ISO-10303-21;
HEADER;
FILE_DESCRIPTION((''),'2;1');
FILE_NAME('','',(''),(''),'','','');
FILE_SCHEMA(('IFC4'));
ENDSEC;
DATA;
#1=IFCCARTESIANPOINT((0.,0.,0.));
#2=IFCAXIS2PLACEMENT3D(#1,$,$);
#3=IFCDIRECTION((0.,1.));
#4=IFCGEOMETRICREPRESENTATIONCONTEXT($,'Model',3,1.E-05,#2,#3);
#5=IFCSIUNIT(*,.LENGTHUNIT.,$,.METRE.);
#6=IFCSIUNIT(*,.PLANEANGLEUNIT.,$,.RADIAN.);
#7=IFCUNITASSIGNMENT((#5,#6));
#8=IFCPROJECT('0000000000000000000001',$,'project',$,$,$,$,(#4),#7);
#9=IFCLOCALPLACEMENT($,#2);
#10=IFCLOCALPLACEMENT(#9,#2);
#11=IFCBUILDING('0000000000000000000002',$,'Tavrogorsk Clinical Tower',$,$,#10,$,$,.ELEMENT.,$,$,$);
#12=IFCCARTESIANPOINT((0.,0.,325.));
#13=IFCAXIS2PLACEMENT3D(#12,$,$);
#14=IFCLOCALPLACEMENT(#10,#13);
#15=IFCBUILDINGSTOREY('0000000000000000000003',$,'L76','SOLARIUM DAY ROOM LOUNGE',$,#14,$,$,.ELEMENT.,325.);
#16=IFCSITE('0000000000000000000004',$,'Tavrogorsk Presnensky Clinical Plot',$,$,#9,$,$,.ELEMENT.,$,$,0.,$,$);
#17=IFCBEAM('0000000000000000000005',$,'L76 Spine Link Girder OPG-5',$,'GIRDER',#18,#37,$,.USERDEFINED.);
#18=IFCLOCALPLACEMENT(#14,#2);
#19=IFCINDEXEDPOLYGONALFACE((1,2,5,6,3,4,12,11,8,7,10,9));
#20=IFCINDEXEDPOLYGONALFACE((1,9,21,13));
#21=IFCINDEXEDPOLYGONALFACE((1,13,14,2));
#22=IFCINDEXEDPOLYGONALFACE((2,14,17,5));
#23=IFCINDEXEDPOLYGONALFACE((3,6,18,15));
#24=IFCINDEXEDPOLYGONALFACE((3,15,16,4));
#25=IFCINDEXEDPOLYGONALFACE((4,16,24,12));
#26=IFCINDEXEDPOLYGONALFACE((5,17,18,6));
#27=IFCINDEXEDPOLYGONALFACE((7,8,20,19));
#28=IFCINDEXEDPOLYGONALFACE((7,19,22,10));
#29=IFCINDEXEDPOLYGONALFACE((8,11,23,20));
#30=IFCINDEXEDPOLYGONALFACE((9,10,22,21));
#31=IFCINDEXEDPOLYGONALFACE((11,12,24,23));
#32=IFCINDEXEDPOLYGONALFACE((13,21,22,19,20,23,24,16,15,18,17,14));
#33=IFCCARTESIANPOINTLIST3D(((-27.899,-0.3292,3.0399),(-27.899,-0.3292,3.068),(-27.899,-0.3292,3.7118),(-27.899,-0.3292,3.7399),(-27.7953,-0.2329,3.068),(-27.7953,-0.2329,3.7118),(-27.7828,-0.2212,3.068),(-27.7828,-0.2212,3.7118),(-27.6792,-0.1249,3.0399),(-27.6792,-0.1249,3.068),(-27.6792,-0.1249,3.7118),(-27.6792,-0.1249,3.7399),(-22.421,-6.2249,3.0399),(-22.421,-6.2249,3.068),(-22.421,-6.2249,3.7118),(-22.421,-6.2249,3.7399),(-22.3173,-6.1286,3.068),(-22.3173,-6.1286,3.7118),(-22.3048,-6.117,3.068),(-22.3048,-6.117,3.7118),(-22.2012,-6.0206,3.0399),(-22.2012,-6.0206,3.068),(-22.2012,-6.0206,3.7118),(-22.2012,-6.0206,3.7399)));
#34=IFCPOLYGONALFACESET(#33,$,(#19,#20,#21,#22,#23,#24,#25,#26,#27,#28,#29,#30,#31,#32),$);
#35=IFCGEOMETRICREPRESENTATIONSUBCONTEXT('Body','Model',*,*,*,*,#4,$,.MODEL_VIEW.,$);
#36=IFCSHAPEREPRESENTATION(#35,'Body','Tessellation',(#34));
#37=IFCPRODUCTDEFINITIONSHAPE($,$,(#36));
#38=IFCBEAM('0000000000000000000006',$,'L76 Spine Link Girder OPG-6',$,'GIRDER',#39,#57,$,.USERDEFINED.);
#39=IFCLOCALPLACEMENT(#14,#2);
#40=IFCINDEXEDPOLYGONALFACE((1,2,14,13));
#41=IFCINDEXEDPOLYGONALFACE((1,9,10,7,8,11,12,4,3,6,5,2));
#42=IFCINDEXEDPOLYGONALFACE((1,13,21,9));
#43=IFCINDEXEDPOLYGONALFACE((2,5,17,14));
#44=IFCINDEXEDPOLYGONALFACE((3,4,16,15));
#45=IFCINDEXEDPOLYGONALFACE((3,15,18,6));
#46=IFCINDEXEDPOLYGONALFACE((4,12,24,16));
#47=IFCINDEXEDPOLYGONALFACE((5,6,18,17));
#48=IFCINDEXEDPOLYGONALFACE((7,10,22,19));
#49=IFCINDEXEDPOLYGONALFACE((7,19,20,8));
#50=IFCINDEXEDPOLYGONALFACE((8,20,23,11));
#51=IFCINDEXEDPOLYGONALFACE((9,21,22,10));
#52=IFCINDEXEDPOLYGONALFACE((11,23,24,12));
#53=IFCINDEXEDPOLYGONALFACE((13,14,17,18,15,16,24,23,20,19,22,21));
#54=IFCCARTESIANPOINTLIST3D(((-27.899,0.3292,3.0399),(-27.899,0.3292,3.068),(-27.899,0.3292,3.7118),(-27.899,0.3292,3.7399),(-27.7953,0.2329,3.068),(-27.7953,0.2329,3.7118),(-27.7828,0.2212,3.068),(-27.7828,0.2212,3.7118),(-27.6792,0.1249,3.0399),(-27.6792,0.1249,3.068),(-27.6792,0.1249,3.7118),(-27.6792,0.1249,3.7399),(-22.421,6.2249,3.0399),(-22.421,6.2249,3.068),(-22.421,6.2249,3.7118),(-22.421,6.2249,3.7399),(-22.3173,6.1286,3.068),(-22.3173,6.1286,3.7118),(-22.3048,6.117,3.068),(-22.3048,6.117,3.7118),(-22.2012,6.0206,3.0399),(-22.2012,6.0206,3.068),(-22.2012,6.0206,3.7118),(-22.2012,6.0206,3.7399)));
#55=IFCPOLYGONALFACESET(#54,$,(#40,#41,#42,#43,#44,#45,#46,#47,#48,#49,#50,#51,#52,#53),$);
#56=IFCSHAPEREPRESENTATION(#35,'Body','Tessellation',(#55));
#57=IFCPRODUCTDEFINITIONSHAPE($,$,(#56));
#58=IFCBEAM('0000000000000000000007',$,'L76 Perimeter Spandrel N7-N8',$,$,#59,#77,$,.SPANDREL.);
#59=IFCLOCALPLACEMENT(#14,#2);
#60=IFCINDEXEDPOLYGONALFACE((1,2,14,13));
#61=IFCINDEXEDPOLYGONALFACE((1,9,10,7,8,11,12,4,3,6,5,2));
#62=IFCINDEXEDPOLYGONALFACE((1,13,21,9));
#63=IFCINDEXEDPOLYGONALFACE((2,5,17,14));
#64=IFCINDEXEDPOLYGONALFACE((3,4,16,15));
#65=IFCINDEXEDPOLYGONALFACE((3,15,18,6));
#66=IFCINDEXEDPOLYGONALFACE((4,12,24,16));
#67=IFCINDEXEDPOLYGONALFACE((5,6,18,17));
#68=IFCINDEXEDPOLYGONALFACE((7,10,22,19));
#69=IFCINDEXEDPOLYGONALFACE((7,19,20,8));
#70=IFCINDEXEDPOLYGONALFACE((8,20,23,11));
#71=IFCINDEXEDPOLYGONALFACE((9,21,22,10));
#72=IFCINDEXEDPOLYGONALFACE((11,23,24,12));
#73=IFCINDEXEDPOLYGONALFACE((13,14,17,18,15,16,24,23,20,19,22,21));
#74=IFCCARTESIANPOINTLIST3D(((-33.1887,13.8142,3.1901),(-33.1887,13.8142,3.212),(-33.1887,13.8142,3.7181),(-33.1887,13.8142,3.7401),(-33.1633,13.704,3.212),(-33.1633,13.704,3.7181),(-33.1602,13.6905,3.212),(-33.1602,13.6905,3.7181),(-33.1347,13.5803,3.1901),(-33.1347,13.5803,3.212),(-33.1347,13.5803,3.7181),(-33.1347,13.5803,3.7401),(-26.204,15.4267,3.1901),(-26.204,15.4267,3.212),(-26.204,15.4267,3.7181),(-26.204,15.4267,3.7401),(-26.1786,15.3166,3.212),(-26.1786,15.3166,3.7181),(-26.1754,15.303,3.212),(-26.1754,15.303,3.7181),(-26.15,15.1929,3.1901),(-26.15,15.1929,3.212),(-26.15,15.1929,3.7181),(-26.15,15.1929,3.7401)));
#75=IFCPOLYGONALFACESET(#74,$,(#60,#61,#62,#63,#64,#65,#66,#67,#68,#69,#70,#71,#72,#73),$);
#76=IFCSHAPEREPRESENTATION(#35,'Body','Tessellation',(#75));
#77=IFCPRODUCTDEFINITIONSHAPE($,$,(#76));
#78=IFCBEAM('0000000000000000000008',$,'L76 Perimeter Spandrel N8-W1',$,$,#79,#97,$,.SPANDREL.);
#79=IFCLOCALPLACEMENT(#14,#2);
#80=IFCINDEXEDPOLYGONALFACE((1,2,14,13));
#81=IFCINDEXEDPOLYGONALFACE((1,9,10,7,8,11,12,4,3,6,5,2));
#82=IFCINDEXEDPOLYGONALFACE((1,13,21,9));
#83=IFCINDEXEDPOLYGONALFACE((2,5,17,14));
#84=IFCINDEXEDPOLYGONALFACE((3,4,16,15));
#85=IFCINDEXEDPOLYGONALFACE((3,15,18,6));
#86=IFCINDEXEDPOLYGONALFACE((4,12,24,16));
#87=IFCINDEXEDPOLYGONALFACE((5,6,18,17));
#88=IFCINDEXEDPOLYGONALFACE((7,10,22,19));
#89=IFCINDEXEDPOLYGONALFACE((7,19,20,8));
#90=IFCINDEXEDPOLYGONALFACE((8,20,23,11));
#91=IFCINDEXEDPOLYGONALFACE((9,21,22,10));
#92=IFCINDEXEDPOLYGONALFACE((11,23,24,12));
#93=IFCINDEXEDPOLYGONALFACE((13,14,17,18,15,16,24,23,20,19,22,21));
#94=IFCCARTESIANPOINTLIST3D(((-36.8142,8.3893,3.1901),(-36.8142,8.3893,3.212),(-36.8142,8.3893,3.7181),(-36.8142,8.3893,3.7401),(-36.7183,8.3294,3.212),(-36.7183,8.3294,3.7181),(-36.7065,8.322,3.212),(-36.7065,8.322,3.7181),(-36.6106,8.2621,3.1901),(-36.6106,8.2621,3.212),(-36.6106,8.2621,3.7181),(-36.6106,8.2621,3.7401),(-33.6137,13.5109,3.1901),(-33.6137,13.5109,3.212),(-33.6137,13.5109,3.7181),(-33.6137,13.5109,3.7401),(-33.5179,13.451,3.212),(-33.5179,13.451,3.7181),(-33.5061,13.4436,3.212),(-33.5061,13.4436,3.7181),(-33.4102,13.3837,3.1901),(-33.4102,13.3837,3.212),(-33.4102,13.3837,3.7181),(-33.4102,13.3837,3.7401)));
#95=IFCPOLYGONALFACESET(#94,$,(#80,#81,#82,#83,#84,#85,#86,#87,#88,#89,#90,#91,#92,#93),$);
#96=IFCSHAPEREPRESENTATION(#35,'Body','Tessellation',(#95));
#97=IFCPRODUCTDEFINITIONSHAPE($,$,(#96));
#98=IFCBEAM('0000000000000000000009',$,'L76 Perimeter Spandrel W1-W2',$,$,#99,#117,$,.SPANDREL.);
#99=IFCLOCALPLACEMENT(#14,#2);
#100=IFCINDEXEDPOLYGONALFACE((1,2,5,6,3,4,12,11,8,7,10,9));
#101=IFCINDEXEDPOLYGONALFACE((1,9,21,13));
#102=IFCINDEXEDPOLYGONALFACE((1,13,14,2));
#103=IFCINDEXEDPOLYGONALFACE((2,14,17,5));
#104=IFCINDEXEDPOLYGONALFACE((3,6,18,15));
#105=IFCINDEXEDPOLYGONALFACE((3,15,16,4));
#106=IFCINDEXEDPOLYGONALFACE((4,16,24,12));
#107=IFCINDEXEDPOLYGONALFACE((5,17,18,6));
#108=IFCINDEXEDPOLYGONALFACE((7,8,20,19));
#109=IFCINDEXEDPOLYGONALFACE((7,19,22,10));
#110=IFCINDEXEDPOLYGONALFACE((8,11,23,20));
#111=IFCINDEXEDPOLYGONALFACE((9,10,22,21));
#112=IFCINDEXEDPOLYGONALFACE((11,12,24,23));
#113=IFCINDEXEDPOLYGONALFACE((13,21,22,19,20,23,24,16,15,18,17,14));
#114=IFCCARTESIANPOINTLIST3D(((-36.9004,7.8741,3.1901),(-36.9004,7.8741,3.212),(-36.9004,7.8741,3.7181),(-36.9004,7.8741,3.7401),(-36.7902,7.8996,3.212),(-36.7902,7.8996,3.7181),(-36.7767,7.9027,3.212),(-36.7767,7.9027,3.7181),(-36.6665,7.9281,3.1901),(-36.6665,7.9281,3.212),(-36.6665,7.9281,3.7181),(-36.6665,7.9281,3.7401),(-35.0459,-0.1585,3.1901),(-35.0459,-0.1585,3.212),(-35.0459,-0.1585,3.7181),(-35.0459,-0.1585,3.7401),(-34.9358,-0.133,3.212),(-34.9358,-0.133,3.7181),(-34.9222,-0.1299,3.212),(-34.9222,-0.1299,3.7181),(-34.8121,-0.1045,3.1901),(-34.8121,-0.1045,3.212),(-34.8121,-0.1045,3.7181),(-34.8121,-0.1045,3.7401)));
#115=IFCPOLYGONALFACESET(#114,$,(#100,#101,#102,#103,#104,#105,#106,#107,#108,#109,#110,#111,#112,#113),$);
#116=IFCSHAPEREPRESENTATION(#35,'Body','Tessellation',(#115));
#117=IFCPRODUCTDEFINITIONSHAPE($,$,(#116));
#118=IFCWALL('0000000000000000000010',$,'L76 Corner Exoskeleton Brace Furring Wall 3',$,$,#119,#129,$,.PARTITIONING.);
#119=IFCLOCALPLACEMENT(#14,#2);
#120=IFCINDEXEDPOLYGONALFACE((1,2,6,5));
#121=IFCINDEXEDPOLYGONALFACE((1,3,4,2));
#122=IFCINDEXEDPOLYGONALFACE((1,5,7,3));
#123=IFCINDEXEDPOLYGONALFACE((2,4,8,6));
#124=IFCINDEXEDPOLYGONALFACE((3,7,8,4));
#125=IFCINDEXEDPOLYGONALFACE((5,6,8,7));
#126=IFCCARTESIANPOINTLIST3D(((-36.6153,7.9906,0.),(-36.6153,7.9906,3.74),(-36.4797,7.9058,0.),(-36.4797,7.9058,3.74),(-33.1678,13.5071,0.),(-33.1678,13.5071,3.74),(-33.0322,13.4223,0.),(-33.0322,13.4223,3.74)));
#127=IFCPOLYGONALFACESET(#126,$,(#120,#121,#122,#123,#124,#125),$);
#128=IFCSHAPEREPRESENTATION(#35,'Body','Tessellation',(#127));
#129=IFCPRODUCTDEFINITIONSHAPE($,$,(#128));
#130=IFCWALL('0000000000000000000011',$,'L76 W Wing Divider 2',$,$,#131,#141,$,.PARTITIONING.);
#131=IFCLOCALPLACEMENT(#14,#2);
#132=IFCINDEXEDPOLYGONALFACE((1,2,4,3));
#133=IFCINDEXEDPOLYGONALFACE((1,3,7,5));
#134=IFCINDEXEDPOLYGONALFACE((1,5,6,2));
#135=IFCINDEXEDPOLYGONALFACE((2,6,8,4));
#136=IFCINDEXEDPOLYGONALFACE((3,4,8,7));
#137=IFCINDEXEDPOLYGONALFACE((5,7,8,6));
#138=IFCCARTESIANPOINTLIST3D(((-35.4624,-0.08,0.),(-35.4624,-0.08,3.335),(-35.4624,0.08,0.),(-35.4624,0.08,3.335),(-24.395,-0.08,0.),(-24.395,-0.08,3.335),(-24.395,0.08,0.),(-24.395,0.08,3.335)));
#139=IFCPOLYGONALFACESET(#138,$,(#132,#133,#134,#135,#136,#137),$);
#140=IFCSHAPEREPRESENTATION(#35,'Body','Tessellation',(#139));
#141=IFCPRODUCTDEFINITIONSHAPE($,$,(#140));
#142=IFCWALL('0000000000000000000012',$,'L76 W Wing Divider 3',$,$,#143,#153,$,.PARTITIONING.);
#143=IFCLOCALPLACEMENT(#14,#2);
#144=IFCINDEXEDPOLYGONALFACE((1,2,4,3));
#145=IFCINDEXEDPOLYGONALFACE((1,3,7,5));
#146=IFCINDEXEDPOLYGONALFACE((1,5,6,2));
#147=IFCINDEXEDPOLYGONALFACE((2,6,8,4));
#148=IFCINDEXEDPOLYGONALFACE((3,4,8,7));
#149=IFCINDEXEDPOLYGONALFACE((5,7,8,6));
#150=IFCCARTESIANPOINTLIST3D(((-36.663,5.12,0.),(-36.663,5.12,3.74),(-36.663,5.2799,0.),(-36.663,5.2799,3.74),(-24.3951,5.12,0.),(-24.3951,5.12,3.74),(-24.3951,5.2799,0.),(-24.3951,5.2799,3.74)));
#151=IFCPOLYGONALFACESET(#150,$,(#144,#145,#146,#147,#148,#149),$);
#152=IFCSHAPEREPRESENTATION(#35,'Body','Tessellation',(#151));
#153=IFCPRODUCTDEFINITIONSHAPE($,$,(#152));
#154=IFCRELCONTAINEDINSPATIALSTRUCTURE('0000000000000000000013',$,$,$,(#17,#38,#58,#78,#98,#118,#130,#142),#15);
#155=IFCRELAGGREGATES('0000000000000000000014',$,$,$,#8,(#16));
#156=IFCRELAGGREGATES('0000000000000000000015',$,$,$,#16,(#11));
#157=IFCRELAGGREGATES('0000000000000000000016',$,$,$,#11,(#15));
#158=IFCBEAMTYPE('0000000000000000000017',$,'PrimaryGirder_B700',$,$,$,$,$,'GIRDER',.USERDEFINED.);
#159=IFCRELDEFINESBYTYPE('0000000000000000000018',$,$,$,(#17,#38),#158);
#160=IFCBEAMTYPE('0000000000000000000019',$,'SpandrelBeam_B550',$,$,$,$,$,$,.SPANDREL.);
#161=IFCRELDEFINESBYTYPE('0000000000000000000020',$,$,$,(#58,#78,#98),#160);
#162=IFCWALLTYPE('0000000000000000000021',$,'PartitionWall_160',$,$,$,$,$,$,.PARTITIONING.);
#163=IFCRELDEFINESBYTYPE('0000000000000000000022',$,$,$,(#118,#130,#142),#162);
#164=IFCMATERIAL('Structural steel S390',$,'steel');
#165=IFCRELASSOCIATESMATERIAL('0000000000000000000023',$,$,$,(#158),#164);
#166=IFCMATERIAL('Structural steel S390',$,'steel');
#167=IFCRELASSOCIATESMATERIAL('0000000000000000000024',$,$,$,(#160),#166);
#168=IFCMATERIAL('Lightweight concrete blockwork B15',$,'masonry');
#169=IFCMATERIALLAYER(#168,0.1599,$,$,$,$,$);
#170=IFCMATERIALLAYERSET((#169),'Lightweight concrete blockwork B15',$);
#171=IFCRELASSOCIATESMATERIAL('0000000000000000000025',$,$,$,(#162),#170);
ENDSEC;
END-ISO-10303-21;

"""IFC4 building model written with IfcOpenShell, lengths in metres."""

from ifc_helpers import new_model, si_unit, direction, frame, frame_2d, origin, origin_2d, place, context, subcontext, project, spatial, rectangle, i_section, extrude, material, layer, layer_set, material_profile, profile_set, type_object, element, save


model = new_model("IFC4")

# Units and contexts
model_context = context("Model", 3, precision=1e-05, world=origin(), true_north=direction((0.0, 1.0)))
body_context = subcontext(model_context, "Body", "Model", "MODEL_VIEW")
ifc_project = project(units=[si_unit("LENGTHUNIT", "METRE"), si_unit("PLANEANGLEUNIT", "RADIAN")], contexts=[model_context])

# Site, building, storey
site_placement = place(None, origin())
site = spatial("IfcSite", under=ifc_project, at=site_placement, Name="Tavrogorsk Presnensky Clinical Plot", CompositionType="ELEMENT", RefElevation=0.0)
building_placement = place(site_placement, origin())
building = spatial("IfcBuilding", under=site, at=building_placement, Name="Tavrogorsk Clinical Tower", CompositionType="ELEMENT")
storey_placement = place(building_placement, frame((0.0, 0.0, 325.0)))
storey = spatial("IfcBuildingStorey", under=building, at=storey_placement, Name="L76", Description="SOLARIUM DAY ROOM LOUNGE", CompositionType="ELEMENT", Elevation=325.0)

# Beams
ifc_material_1 = material(Name="Structural steel S390", Category="steel")
ifc_material_profile_1 = material_profile(ifc_material_1, i_section(OverallWidth=0.3, OverallDepth=0.7, WebThickness=0.0171, FlangeThickness=0.0281, at=origin_2d()), Name="B-700x300x17x28")
ifc_profile_set_1 = profile_set([ifc_material_profile_1], Name="Structural steel S390")
beam_type_1 = type_object("IfcBeamType", Name="PrimaryGirder_B700", ElementType="GIRDER", PredefinedType="USERDEFINED", material=ifc_profile_set_1)
for number, where, z_axis, x_axis, name in (
    (1, (-27.7891, -0.2271, 3.3899), (0.680678, -0.732583, 0.0), (0.732583, 0.680678, 0.0), "L76 Spine Link Girder OPG-5"),
    (2, (-27.7891, 0.2271, 3.3899), (0.680678, 0.732583, 0.0), (-0.732583, 0.680678, 0.0), "L76 Spine Link Girder OPG-6"),
):
    element("IfcBeam", number, at=place(storey_placement, frame(where, z_axis=z_axis, x_axis=x_axis)), inside=storey, type_object=beam_type_1, Name=name, ObjectType="GIRDER", PredefinedType="USERDEFINED", context=body_context, shape_type="SweptSolid", body=[
        extrude(i_section(OverallWidth=0.3, OverallDepth=0.7, WebThickness=0.0171, FlangeThickness=0.0281, at=origin_2d()), origin(), (0.0, 0.0, 1.0), 8.0479),
    ])
ifc_material_2 = material(Name="Structural steel S390", Category="steel")
ifc_material_profile_2 = material_profile(ifc_material_2, i_section(OverallWidth=0.24, OverallDepth=0.55, WebThickness=0.0139, FlangeThickness=0.022, at=origin_2d()), Name="B-550x240x14x22")
ifc_profile_set_2 = profile_set([ifc_material_profile_2], Name="Structural steel S390")
beam_type_2 = type_object("IfcBeamType", Name="SpandrelBeam_B550", PredefinedType="SPANDREL", material=ifc_profile_set_2)
beam_1_placement = place(storey_placement, frame((-26.177, 15.3098, 3.4651), z_axis=(-0.974369, -0.224954, 0.0), x_axis=(0.224954, -0.974369, 0.0)))
element("IfcBeam", 3, at=beam_1_placement, inside=storey, type_object=beam_type_2, Name="L76 Perimeter Spandrel N7-N8", PredefinedType="SPANDREL", context=body_context, shape_type="SweptSolid", body=[
    extrude(i_section(OverallWidth=0.24, OverallDepth=0.55, WebThickness=0.0139, FlangeThickness=0.022, at=origin_2d()), origin(), (0.0, 0.0, 1.0), 7.1685),
])
beam_2_placement = place(storey_placement, frame((-33.512, 13.4473, 3.4651), z_axis=(-0.529934, -0.848039, 0.0), x_axis=(0.848039, -0.529934, 0.0)))
element("IfcBeam", 4, at=beam_2_placement, inside=storey, type_object=beam_type_2, Name="L76 Perimeter Spandrel N8-W1", PredefinedType="SPANDREL", context=body_context, shape_type="SweptSolid", body=[
    extrude(i_section(OverallWidth=0.24, OverallDepth=0.55, WebThickness=0.0139, FlangeThickness=0.022, at=origin_2d()), origin(), (0.0, 0.0, 1.0), 6.0393),
])
beam_3_placement = place(storey_placement, frame((-36.7834, 7.9011, 3.4651), z_axis=(0.22495, -0.97437, 0.0), x_axis=(0.97437, 0.22495, 0.0)))
element("IfcBeam", 5, at=beam_3_placement, inside=storey, type_object=beam_type_2, Name="L76 Perimeter Spandrel W1-W2", PredefinedType="SPANDREL", context=body_context, shape_type="SweptSolid", body=[
    extrude(i_section(OverallWidth=0.24, OverallDepth=0.55, WebThickness=0.0139, FlangeThickness=0.022, at=origin_2d()), origin(), (0.0, 0.0, 1.0), 8.2439),
])

# Walls
ifc_material_3 = material(Name="Lightweight concrete blockwork B15", Category="masonry")
ifc_layer_1 = layer(ifc_material_3, 0.1599)
ifc_layer_set_1 = layer_set([ifc_layer_1], Name="Lightweight concrete blockwork B15")
wall_type_1 = type_object("IfcWallType", Name="PartitionWall_160", PredefinedType="PARTITIONING", material=ifc_layer_set_1)
wall_1_placement = place(storey_placement, frame((-33.1001, 13.4646, 0.0), z_axis=(0.0, 0.0, 1.0), x_axis=(-0.529958, -0.848024, 0.0)))
element("IfcWall", 6, at=wall_1_placement, inside=storey, type_object=wall_type_1, Name="L76 Corner Exoskeleton Brace Furring Wall 3", PredefinedType="PARTITIONING", context=body_context, shape_type="SweptSolid", body=[
    extrude(rectangle(XDim=6.5051, YDim=0.1599, at=frame_2d((3.2524, 0.0))), origin(), (0.0, 0.0, 1.0), 3.74),
])
wall_2_placement = place(storey_placement, frame((-35.4624, 0.0, 0.0), z_axis=(0.0, 0.0, 1.0), x_axis=(1.0, 0.0, 0.0)))
element("IfcWall", 7, at=wall_2_placement, inside=storey, type_object=wall_type_1, Name="L76 W Wing Divider 2", PredefinedType="PARTITIONING", context=body_context, shape_type="SweptSolid", body=[
    extrude(rectangle(XDim=11.0674, YDim=0.1599, at=frame_2d((5.5337, 0.0))), origin(), (0.0, 0.0, 1.0), 3.335),
])
wall_3_placement = place(storey_placement, frame((-36.6628, 5.2, 0.0), z_axis=(0.0, 0.0, 1.0), x_axis=(1.0, 0.0, 0.0)))
element("IfcWall", 8, at=wall_3_placement, inside=storey, type_object=wall_type_1, Name="L76 W Wing Divider 3", PredefinedType="PARTITIONING", context=body_context, shape_type="SweptSolid", body=[
    extrude(rectangle(XDim=12.2678, YDim=0.1599, at=frame_2d((6.1338, 0.0))), origin(), (0.0, 0.0, 1.0), 3.74),
])

save(model, "model.ifc")
